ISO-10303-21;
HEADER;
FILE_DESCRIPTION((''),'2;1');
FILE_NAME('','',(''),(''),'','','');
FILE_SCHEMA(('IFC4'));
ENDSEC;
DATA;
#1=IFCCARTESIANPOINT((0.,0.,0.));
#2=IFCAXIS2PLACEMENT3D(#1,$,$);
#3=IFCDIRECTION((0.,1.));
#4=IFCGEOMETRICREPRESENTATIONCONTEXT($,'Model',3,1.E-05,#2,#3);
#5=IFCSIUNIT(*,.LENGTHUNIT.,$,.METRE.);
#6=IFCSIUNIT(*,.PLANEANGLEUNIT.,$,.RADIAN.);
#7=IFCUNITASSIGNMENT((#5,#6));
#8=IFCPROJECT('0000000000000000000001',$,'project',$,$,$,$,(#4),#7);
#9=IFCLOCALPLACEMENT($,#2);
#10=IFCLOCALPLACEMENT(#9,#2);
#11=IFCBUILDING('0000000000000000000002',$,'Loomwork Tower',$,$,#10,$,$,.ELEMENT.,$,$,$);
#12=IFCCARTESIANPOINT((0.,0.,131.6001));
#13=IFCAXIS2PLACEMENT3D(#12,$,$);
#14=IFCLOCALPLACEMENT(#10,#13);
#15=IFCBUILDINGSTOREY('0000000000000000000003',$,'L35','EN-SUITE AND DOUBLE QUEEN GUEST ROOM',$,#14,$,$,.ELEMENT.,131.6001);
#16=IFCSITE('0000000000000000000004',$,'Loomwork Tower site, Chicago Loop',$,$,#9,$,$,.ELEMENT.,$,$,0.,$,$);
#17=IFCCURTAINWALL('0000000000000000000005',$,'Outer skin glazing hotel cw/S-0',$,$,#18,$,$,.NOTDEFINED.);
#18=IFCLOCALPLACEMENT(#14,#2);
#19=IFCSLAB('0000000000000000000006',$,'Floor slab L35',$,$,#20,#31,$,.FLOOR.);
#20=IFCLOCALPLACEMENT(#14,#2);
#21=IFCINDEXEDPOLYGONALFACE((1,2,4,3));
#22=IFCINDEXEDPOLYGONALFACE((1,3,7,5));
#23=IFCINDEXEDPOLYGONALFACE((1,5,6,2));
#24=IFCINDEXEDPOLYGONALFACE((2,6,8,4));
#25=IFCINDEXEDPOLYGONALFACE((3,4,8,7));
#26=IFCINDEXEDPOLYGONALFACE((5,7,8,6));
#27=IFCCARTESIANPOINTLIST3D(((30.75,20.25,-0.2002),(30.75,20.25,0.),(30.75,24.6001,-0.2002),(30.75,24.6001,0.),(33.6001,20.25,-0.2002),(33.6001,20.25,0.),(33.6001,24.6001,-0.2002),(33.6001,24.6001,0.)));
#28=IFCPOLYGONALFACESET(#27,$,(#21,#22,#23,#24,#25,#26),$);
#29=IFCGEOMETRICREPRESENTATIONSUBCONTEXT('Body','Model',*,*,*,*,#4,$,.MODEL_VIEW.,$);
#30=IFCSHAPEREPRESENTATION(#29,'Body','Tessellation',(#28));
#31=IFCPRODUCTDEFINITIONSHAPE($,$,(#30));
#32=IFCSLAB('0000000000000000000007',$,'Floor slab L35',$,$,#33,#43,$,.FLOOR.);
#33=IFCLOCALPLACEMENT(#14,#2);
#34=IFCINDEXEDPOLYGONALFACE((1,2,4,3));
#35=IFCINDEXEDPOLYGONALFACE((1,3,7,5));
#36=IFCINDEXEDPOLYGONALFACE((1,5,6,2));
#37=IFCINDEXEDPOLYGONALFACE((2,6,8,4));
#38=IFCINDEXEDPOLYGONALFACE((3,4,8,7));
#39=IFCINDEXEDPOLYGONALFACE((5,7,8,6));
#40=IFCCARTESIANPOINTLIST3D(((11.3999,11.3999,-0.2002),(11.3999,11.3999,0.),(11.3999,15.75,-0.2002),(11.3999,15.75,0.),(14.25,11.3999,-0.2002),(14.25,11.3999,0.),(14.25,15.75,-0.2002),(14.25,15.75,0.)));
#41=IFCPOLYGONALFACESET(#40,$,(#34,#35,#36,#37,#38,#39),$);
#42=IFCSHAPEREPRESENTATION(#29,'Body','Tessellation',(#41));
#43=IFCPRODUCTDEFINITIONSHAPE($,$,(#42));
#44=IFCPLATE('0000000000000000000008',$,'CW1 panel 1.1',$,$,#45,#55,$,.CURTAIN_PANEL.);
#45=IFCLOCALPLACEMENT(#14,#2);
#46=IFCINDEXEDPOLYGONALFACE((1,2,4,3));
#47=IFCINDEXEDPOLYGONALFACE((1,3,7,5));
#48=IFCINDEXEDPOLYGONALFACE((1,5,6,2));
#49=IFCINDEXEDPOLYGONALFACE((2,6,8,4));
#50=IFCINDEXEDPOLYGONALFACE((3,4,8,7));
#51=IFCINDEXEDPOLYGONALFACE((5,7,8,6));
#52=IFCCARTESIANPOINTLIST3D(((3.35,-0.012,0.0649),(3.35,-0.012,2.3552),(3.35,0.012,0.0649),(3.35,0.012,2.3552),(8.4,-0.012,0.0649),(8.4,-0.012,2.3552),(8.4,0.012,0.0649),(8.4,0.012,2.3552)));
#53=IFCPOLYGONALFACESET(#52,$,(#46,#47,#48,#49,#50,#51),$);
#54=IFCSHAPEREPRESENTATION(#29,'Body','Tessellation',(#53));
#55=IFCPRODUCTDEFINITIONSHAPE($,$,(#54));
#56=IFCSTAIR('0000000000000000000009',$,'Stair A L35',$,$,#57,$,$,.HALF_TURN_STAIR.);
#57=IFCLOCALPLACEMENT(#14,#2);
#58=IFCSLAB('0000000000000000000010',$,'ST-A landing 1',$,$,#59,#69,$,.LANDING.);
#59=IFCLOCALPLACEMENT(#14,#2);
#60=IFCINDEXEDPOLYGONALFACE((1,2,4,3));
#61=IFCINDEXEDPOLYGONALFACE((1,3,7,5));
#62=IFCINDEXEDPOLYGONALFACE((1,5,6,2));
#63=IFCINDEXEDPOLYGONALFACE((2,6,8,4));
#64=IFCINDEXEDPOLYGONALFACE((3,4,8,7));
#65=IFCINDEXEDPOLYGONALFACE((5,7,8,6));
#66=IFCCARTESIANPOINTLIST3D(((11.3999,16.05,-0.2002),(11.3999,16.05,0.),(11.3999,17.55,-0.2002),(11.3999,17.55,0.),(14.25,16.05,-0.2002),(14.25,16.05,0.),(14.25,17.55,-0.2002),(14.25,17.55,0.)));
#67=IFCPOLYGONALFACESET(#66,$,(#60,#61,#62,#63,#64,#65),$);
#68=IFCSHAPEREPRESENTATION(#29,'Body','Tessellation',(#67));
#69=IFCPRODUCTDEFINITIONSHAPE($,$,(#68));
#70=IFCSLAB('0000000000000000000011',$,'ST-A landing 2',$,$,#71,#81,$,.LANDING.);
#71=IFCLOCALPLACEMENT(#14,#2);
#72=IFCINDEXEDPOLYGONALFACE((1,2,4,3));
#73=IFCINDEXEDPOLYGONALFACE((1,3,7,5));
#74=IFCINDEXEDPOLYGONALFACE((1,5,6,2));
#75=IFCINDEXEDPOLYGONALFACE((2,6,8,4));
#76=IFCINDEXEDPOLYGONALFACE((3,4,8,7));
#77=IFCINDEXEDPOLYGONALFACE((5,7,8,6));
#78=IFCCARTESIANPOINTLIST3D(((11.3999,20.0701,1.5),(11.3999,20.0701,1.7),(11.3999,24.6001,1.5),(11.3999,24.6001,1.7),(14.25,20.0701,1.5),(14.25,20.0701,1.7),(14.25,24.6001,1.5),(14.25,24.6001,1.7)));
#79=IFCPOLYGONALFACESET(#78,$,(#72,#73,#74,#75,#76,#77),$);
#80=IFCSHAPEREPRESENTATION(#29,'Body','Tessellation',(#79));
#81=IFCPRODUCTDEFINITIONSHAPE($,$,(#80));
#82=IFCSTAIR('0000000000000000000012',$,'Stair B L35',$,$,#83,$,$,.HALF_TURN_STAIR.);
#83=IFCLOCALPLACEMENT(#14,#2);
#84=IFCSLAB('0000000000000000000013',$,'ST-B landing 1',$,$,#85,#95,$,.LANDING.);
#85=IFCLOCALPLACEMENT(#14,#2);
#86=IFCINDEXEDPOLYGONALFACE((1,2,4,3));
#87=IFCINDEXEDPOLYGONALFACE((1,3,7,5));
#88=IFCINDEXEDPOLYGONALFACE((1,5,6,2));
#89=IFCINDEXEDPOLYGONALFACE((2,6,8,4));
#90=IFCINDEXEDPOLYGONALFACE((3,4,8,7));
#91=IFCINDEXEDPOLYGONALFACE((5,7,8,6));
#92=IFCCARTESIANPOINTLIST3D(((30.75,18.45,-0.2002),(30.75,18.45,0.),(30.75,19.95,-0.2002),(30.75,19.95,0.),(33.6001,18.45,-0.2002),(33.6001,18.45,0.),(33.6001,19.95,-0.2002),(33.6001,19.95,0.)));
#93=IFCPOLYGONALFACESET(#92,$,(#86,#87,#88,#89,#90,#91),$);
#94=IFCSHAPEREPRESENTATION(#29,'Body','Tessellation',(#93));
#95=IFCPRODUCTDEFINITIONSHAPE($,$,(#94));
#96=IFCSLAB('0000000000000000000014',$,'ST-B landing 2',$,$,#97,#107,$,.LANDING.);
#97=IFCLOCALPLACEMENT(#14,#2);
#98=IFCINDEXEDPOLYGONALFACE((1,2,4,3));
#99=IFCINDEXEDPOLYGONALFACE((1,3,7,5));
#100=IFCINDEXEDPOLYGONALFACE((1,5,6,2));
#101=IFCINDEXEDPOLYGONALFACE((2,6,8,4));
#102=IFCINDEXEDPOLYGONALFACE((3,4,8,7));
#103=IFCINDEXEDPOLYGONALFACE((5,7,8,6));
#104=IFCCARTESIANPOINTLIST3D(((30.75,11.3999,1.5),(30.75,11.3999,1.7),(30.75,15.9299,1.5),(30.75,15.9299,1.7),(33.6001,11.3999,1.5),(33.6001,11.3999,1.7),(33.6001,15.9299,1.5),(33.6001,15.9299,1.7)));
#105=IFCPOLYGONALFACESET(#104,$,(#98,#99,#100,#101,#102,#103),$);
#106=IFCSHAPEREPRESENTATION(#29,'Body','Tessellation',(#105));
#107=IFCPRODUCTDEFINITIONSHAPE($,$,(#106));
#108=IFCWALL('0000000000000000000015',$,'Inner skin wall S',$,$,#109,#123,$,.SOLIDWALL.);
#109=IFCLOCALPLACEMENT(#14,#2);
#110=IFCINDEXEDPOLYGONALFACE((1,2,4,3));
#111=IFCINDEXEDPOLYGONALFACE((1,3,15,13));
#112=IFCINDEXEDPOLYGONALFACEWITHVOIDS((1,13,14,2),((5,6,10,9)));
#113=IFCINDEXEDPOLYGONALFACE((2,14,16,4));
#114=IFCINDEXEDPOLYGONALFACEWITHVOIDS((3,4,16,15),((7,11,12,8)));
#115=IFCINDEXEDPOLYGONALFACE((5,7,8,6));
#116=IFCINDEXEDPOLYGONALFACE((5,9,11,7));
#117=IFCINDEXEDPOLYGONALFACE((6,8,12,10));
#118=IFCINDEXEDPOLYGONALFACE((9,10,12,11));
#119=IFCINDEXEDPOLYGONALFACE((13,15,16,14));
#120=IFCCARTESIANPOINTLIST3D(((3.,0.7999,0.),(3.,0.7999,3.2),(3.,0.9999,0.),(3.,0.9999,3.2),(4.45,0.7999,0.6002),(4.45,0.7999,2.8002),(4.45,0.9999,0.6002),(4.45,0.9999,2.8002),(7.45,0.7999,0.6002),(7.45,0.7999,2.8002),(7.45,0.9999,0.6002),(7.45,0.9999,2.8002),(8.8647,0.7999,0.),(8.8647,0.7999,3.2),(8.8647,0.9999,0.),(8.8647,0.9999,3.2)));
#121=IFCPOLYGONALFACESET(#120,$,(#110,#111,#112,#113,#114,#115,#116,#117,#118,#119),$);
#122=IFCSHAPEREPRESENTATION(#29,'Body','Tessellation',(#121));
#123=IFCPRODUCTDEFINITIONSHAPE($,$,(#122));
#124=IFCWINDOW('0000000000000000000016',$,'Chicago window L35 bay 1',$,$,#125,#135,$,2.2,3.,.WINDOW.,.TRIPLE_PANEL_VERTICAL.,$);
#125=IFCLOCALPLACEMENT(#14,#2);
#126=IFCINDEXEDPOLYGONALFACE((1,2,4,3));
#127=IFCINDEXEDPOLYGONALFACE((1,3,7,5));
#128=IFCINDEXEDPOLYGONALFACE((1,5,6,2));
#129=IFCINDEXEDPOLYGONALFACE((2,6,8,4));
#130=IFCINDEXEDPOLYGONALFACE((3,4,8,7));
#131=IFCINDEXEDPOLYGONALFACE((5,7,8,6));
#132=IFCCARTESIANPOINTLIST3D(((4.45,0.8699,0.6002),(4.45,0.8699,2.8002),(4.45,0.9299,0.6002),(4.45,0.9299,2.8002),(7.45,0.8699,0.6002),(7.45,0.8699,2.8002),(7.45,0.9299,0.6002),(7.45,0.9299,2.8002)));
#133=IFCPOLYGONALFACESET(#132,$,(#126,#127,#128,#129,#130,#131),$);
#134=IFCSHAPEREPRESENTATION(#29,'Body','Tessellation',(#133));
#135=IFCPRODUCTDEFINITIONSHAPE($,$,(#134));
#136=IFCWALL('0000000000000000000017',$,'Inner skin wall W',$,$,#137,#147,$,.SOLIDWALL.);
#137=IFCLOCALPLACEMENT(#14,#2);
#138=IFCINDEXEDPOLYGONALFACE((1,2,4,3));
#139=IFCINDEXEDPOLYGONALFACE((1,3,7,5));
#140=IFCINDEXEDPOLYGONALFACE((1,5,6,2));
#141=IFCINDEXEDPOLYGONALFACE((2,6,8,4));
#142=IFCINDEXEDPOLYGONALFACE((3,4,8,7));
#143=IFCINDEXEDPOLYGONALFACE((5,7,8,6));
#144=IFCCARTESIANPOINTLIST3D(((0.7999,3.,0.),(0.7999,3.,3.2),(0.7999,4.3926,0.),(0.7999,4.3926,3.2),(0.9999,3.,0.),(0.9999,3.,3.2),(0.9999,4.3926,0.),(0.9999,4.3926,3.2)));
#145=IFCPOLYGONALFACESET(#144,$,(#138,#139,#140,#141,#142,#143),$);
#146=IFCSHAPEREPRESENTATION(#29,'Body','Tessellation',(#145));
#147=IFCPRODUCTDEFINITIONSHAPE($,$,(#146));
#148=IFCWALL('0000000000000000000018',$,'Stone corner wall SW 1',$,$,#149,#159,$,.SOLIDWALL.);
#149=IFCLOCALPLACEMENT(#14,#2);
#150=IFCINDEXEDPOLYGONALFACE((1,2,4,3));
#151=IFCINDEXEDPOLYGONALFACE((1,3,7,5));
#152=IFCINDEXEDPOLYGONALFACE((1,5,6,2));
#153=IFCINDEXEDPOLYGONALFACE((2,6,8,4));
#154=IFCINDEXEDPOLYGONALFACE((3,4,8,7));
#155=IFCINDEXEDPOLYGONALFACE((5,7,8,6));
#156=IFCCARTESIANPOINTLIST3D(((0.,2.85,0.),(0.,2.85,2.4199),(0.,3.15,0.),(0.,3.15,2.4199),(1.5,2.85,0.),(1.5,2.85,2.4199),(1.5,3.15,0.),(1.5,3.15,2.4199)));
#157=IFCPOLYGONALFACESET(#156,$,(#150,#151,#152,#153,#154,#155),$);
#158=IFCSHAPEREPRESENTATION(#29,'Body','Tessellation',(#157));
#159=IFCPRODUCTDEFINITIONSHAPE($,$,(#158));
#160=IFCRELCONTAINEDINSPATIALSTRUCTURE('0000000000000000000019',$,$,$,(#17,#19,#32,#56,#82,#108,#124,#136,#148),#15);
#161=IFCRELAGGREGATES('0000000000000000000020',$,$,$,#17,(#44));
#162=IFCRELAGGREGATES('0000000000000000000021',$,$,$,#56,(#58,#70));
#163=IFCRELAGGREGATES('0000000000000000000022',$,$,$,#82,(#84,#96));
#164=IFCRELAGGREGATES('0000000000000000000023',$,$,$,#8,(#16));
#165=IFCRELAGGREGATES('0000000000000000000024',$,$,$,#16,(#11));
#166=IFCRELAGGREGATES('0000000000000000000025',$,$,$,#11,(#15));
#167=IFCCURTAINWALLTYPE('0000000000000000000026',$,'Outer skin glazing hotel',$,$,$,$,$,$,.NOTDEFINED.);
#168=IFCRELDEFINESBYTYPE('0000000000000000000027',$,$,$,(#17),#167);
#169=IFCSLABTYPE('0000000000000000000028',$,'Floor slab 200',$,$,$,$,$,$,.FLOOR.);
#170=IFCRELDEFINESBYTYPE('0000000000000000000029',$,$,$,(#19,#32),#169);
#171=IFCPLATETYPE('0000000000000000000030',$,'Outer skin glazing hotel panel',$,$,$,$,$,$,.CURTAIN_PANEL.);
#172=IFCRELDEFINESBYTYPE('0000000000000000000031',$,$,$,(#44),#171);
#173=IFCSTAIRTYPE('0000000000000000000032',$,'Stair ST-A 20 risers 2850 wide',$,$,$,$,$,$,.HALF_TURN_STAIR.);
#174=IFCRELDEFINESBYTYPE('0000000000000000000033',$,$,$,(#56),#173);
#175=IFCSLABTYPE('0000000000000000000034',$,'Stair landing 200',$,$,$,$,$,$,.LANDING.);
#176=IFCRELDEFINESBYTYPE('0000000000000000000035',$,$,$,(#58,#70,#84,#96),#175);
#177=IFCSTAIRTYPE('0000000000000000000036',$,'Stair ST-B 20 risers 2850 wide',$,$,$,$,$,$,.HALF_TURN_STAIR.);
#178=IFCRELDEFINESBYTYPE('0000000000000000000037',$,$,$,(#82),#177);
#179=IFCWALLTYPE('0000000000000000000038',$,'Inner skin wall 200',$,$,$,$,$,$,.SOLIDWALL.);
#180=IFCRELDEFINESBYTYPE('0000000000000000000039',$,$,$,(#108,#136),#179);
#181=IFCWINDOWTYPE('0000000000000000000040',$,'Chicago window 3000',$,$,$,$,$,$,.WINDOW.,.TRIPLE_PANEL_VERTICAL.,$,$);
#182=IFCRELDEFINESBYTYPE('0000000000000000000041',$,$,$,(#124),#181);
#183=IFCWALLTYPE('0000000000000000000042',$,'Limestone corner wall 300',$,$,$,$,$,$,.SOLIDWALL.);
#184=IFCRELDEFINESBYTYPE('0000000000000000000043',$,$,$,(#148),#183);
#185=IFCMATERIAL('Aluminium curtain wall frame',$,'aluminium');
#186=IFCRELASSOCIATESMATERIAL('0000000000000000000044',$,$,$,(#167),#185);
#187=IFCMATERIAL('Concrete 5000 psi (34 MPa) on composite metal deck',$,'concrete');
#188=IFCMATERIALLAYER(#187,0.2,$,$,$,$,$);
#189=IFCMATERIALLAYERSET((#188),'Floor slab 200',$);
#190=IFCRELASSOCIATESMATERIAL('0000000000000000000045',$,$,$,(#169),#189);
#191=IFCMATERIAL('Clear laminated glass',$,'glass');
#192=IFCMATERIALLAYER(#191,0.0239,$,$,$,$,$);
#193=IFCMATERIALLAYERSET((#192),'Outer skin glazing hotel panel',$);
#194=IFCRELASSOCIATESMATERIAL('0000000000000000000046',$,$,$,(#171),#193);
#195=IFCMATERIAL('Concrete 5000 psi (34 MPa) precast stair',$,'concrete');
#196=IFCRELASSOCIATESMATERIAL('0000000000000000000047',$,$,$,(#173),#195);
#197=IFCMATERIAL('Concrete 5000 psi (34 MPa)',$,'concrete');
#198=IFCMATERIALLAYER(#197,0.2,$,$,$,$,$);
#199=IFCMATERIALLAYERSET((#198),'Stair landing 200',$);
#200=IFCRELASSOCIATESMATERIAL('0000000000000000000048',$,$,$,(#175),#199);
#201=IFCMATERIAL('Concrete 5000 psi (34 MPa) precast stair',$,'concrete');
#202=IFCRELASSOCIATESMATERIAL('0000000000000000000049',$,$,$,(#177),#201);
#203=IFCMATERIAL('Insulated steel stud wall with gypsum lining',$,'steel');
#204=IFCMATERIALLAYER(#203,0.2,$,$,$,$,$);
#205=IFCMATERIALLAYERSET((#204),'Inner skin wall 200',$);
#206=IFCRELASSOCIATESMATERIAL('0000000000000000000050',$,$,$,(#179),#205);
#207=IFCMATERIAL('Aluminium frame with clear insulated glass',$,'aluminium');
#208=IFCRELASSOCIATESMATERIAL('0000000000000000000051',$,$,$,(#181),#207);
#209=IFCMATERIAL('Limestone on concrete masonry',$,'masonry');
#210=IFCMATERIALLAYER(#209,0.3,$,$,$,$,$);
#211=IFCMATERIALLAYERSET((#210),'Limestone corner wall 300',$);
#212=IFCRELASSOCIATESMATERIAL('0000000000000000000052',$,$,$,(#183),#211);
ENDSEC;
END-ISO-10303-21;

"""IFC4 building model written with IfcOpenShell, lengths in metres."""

from ifc_helpers import new_model, si_unit, direction, frame, frame_2d, origin, origin_2d, place, context, subcontext, project, spatial, polyline, rectangle, outline, extrude, material, layer, layer_set, type_object, element, fill, aggregate, save


model = new_model("IFC4")

# Units and contexts
model_context = context("Model", 3, precision=1e-05, world=origin(), true_north=direction((0.0, 1.0)))
body_context = subcontext(model_context, "Body", "Model", "MODEL_VIEW")
ifc_project = project(units=[si_unit("LENGTHUNIT", "METRE"), si_unit("PLANEANGLEUNIT", "RADIAN")], contexts=[model_context])

# Site, building, storey
site_placement = place(None, origin())
site = spatial("IfcSite", under=ifc_project, at=site_placement, Name="Loomwork Tower site, Chicago Loop", CompositionType="ELEMENT", RefElevation=0.0)
building_placement = place(site_placement, origin())
building = spatial("IfcBuilding", under=site, at=building_placement, Name="Loomwork Tower", CompositionType="ELEMENT")
storey_placement = place(building_placement, frame((0.0, 0.0, 131.6001)))
storey = spatial("IfcBuildingStorey", under=building, at=storey_placement, Name="L35", Description="EN-SUITE AND DOUBLE QUEEN GUEST ROOM", CompositionType="ELEMENT", Elevation=131.6001)

# Curtain wall
ifc_material_1 = material(Name="Aluminium curtain wall frame", Category="aluminium")
curtain_wall_type = type_object("IfcCurtainWallType", Name="Outer skin glazing hotel", PredefinedType="NOTDEFINED", material=ifc_material_1)
curtain_wall_1_placement = place(storey_placement, origin())
curtain_wall_1 = element("IfcCurtainWall", 1, at=curtain_wall_1_placement, inside=storey, type_object=curtain_wall_type, Name="Outer skin glazing hotel cw/S-0", PredefinedType="NOTDEFINED")

# Slabs
ifc_material_2 = material(Name="Concrete 5000 psi (34 MPa) on composite metal deck", Category="concrete")
ifc_layer_1 = layer(ifc_material_2, 0.2)
ifc_layer_set_1 = layer_set([ifc_layer_1], Name="Floor slab 200")
slab_type_1 = type_object("IfcSlabType", Name="Floor slab 200", PredefinedType="FLOOR", material=ifc_layer_set_1)
slab_1_placement = place(storey_placement, frame((0.0, 0.0, -0.2002)))
element("IfcSlab", 2, at=slab_1_placement, inside=storey, type_object=slab_type_1, Name="Floor slab L35", PredefinedType="FLOOR", context=body_context, shape_type="SweptSolid", body=[
    extrude(outline(polyline([(33.6001, 20.25), (30.75, 20.25), (30.75, 24.6001), (33.6001, 24.6001), (33.6001, 20.25)])), origin(), (0.0, 0.0, 1.0), 0.2002),
])
slab_2_placement = place(storey_placement, frame((0.0, 0.0, -0.2002)))
element("IfcSlab", 3, at=slab_2_placement, inside=storey, type_object=slab_type_1, Name="Floor slab L35", PredefinedType="FLOOR", context=body_context, shape_type="SweptSolid", body=[
    extrude(outline(polyline([(14.25, 15.75), (14.25, 11.3999), (11.3999, 11.3999), (11.3999, 15.75), (14.25, 15.75)])), origin(), (0.0, 0.0, 1.0), 0.2002),
])

# Plate
ifc_material_3 = material(Name="Clear laminated glass", Category="glass")
ifc_layer_2 = layer(ifc_material_3, 0.0239)
ifc_layer_set_2 = layer_set([ifc_layer_2], Name="Outer skin glazing hotel panel")
plate_type = type_object("IfcPlateType", Name="Outer skin glazing hotel panel", PredefinedType="CURTAIN_PANEL", material=ifc_layer_set_2)
plate_placement = place(storey_placement, frame((5.875, 0.0, 0.0649), z_axis=(0.0, 0.0, 1.0), x_axis=(1.0, 0.0, 0.0)))
plate = element("IfcPlate", 4, at=plate_placement, type_object=plate_type, Name="CW1 panel 1.1", PredefinedType="CURTAIN_PANEL", context=body_context, shape_type="SweptSolid", body=[
    extrude(rectangle(XDim=5.05, YDim=0.0239, at=origin_2d()), origin(), (0.0, 0.0, 1.0), 2.2903),
])
aggregate(curtain_wall_1, [plate])

# Stairs, slabs
ifc_material_4 = material(Name="Concrete 5000 psi (34 MPa) precast stair", Category="concrete")
stair_type_1 = type_object("IfcStairType", Name="Stair ST-A 20 risers 2850 wide", PredefinedType="HALF_TURN_STAIR", material=ifc_material_4)
stair_1_placement = place(storey_placement, origin())
stair_1 = element("IfcStair", 5, at=stair_1_placement, inside=storey, type_object=stair_type_1, Name="Stair A L35", PredefinedType="HALF_TURN_STAIR")
ifc_material_5 = material(Name="Concrete 5000 psi (34 MPa)", Category="concrete")
ifc_layer_3 = layer(ifc_material_5, 0.2)
ifc_layer_set_3 = layer_set([ifc_layer_3], Name="Stair landing 200")
slab_type_2 = type_object("IfcSlabType", Name="Stair landing 200", PredefinedType="LANDING", material=ifc_layer_set_3)
slab_3_placement = place(storey_placement, frame((0.0, 0.0, -0.2002)))
slab_3 = element("IfcSlab", 6, at=slab_3_placement, type_object=slab_type_2, Name="ST-A landing 1", PredefinedType="LANDING", context=body_context, shape_type="SweptSolid", body=[
    extrude(outline(polyline([(11.3999, 16.05), (14.25, 16.05), (14.25, 17.55), (11.3999, 17.55), (11.3999, 16.05)])), origin(), (0.0, 0.0, 1.0), 0.2002),
])
slab_4_placement = place(storey_placement, frame((0.0, 0.0, 1.5)))
slab_4 = element("IfcSlab", 7, at=slab_4_placement, type_object=slab_type_2, Name="ST-A landing 2", PredefinedType="LANDING", context=body_context, shape_type="SweptSolid", body=[
    extrude(outline(polyline([(11.3999, 20.0701), (14.25, 20.0701), (14.25, 24.6001), (11.3999, 24.6001), (11.3999, 20.0701)])), origin(), (0.0, 0.0, 1.0), 0.2),
])
aggregate(stair_1, [slab_3, slab_4])
ifc_material_6 = material(Name="Concrete 5000 psi (34 MPa) precast stair", Category="concrete")
stair_type_2 = type_object("IfcStairType", Name="Stair ST-B 20 risers 2850 wide", PredefinedType="HALF_TURN_STAIR", material=ifc_material_6)
stair_2_placement = place(storey_placement, origin())
stair_2 = element("IfcStair", 8, at=stair_2_placement, inside=storey, type_object=stair_type_2, Name="Stair B L35", PredefinedType="HALF_TURN_STAIR")
slab_5_placement = place(storey_placement, frame((0.0, 0.0, -0.2002)))
slab_5 = element("IfcSlab", 9, at=slab_5_placement, type_object=slab_type_2, Name="ST-B landing 1", PredefinedType="LANDING", context=body_context, shape_type="SweptSolid", body=[
    extrude(outline(polyline([(30.75, 18.45), (33.6001, 18.45), (33.6001, 19.95), (30.75, 19.95), (30.75, 18.45)])), origin(), (0.0, 0.0, 1.0), 0.2002),
])
slab_6_placement = place(storey_placement, frame((0.0, 0.0, 1.5)))
slab_6 = element("IfcSlab", 10, at=slab_6_placement, type_object=slab_type_2, Name="ST-B landing 2", PredefinedType="LANDING", context=body_context, shape_type="SweptSolid", body=[
    extrude(outline(polyline([(30.75, 11.3999), (33.6001, 11.3999), (33.6001, 15.9299), (30.75, 15.9299), (30.75, 11.3999)])), origin(), (0.0, 0.0, 1.0), 0.2),
])
aggregate(stair_2, [slab_5, slab_6])

# Wall, opening, window
ifc_material_7 = material(Name="Insulated steel stud wall with gypsum lining", Category="steel")
ifc_layer_4 = layer(ifc_material_7, 0.2)
ifc_layer_set_4 = layer_set([ifc_layer_4], Name="Inner skin wall 200")
wall_type_1 = type_object("IfcWallType", Name="Inner skin wall 200", PredefinedType="SOLIDWALL", material=ifc_layer_set_4)
wall_1_placement = place(storey_placement, frame((3.0, 0.8999, 0.0), z_axis=(0.0, 0.0, 1.0), x_axis=(1.0, 0.0, 0.0)))
wall_1 = element("IfcWall", 11, at=wall_1_placement, inside=storey, type_object=wall_type_1, Name="Inner skin wall S", PredefinedType="SOLIDWALL", context=body_context, shape_type="SweptSolid", body=[
    extrude(rectangle(XDim=5.8647, YDim=0.2, at=frame_2d((2.9324, 0.0))), origin(), (0.0, 0.0, 1.0), 3.2),
])
opening_1_placement = place(wall_1_placement, frame((1.45, 0.0, 0.6001)))
opening_1 = element("IfcOpeningElement", 12, at=opening_1_placement, cuts=wall_1, PredefinedType="OPENING", context=body_context, shape_type="SweptSolid", body=[
    extrude(rectangle(XDim=3.0, YDim=2.2, at=frame_2d((1.5, 1.1001))), frame((0.0, 0.1099, 0.0), z_axis=(0.0, -1.0, 0.0), x_axis=(1.0, 0.0, 0.0)), (0.0, 0.0, 1.0), 0.22),
])
ifc_material_8 = material(Name="Aluminium frame with clear insulated glass", Category="aluminium")
window_type_1 = type_object("IfcWindowType", Name="Chicago window 3000", PartitioningType="TRIPLE_PANEL_VERTICAL", PredefinedType="WINDOW", material=ifc_material_8)
window_1_placement = place(opening_1_placement, origin())
window_1 = element("IfcWindow", 13, at=window_1_placement, inside=storey, type_object=window_type_1, Name="Chicago window L35 bay 1", OverallHeight=2.2, OverallWidth=3.0, PartitioningType="TRIPLE_PANEL_VERTICAL", PredefinedType="WINDOW", context=body_context, shape_type="SweptSolid", body=[
    extrude(rectangle(XDim=3.0, YDim=2.2, at=frame_2d((1.5, 1.1001))), frame((0.0, 0.03, 0.0), z_axis=(0.0, -1.0, 0.0), x_axis=(1.0, 0.0, 0.0)), (0.0, 0.0, 1.0), 0.0601),
])
fill(opening_1, window_1)

# Walls
wall_2_placement = place(storey_placement, frame((0.8999, 3.0, 0.0), z_axis=(0.0, 0.0, 1.0), x_axis=(0.0, 1.0, 0.0)))
element("IfcWall", 14, at=wall_2_placement, inside=storey, type_object=wall_type_1, Name="Inner skin wall W", PredefinedType="SOLIDWALL", context=body_context, shape_type="SweptSolid", body=[
    extrude(rectangle(XDim=1.3926, YDim=0.2, at=frame_2d((0.6963, 0.0))), origin(), (0.0, 0.0, 1.0), 3.2),
])
ifc_material_9 = material(Name="Limestone on concrete masonry", Category="masonry")
ifc_layer_5 = layer(ifc_material_9, 0.3)
ifc_layer_set_5 = layer_set([ifc_layer_5], Name="Limestone corner wall 300")
wall_type_2 = type_object("IfcWallType", Name="Limestone corner wall 300", PredefinedType="SOLIDWALL", material=ifc_layer_set_5)
wall_3_placement = place(storey_placement, frame((0.0, 3.0, 0.0), z_axis=(0.0, 0.0, 1.0), x_axis=(1.0, 0.0, 0.0)))
element("IfcWall", 15, at=wall_3_placement, inside=storey, type_object=wall_type_2, Name="Stone corner wall SW 1", PredefinedType="SOLIDWALL", context=body_context, shape_type="SweptSolid", body=[
    extrude(rectangle(XDim=1.5, YDim=0.3, at=frame_2d((0.75, 0.0))), origin(), (0.0, 0.0, 1.0), 2.4199),
])

save(model, "model.ifc")
